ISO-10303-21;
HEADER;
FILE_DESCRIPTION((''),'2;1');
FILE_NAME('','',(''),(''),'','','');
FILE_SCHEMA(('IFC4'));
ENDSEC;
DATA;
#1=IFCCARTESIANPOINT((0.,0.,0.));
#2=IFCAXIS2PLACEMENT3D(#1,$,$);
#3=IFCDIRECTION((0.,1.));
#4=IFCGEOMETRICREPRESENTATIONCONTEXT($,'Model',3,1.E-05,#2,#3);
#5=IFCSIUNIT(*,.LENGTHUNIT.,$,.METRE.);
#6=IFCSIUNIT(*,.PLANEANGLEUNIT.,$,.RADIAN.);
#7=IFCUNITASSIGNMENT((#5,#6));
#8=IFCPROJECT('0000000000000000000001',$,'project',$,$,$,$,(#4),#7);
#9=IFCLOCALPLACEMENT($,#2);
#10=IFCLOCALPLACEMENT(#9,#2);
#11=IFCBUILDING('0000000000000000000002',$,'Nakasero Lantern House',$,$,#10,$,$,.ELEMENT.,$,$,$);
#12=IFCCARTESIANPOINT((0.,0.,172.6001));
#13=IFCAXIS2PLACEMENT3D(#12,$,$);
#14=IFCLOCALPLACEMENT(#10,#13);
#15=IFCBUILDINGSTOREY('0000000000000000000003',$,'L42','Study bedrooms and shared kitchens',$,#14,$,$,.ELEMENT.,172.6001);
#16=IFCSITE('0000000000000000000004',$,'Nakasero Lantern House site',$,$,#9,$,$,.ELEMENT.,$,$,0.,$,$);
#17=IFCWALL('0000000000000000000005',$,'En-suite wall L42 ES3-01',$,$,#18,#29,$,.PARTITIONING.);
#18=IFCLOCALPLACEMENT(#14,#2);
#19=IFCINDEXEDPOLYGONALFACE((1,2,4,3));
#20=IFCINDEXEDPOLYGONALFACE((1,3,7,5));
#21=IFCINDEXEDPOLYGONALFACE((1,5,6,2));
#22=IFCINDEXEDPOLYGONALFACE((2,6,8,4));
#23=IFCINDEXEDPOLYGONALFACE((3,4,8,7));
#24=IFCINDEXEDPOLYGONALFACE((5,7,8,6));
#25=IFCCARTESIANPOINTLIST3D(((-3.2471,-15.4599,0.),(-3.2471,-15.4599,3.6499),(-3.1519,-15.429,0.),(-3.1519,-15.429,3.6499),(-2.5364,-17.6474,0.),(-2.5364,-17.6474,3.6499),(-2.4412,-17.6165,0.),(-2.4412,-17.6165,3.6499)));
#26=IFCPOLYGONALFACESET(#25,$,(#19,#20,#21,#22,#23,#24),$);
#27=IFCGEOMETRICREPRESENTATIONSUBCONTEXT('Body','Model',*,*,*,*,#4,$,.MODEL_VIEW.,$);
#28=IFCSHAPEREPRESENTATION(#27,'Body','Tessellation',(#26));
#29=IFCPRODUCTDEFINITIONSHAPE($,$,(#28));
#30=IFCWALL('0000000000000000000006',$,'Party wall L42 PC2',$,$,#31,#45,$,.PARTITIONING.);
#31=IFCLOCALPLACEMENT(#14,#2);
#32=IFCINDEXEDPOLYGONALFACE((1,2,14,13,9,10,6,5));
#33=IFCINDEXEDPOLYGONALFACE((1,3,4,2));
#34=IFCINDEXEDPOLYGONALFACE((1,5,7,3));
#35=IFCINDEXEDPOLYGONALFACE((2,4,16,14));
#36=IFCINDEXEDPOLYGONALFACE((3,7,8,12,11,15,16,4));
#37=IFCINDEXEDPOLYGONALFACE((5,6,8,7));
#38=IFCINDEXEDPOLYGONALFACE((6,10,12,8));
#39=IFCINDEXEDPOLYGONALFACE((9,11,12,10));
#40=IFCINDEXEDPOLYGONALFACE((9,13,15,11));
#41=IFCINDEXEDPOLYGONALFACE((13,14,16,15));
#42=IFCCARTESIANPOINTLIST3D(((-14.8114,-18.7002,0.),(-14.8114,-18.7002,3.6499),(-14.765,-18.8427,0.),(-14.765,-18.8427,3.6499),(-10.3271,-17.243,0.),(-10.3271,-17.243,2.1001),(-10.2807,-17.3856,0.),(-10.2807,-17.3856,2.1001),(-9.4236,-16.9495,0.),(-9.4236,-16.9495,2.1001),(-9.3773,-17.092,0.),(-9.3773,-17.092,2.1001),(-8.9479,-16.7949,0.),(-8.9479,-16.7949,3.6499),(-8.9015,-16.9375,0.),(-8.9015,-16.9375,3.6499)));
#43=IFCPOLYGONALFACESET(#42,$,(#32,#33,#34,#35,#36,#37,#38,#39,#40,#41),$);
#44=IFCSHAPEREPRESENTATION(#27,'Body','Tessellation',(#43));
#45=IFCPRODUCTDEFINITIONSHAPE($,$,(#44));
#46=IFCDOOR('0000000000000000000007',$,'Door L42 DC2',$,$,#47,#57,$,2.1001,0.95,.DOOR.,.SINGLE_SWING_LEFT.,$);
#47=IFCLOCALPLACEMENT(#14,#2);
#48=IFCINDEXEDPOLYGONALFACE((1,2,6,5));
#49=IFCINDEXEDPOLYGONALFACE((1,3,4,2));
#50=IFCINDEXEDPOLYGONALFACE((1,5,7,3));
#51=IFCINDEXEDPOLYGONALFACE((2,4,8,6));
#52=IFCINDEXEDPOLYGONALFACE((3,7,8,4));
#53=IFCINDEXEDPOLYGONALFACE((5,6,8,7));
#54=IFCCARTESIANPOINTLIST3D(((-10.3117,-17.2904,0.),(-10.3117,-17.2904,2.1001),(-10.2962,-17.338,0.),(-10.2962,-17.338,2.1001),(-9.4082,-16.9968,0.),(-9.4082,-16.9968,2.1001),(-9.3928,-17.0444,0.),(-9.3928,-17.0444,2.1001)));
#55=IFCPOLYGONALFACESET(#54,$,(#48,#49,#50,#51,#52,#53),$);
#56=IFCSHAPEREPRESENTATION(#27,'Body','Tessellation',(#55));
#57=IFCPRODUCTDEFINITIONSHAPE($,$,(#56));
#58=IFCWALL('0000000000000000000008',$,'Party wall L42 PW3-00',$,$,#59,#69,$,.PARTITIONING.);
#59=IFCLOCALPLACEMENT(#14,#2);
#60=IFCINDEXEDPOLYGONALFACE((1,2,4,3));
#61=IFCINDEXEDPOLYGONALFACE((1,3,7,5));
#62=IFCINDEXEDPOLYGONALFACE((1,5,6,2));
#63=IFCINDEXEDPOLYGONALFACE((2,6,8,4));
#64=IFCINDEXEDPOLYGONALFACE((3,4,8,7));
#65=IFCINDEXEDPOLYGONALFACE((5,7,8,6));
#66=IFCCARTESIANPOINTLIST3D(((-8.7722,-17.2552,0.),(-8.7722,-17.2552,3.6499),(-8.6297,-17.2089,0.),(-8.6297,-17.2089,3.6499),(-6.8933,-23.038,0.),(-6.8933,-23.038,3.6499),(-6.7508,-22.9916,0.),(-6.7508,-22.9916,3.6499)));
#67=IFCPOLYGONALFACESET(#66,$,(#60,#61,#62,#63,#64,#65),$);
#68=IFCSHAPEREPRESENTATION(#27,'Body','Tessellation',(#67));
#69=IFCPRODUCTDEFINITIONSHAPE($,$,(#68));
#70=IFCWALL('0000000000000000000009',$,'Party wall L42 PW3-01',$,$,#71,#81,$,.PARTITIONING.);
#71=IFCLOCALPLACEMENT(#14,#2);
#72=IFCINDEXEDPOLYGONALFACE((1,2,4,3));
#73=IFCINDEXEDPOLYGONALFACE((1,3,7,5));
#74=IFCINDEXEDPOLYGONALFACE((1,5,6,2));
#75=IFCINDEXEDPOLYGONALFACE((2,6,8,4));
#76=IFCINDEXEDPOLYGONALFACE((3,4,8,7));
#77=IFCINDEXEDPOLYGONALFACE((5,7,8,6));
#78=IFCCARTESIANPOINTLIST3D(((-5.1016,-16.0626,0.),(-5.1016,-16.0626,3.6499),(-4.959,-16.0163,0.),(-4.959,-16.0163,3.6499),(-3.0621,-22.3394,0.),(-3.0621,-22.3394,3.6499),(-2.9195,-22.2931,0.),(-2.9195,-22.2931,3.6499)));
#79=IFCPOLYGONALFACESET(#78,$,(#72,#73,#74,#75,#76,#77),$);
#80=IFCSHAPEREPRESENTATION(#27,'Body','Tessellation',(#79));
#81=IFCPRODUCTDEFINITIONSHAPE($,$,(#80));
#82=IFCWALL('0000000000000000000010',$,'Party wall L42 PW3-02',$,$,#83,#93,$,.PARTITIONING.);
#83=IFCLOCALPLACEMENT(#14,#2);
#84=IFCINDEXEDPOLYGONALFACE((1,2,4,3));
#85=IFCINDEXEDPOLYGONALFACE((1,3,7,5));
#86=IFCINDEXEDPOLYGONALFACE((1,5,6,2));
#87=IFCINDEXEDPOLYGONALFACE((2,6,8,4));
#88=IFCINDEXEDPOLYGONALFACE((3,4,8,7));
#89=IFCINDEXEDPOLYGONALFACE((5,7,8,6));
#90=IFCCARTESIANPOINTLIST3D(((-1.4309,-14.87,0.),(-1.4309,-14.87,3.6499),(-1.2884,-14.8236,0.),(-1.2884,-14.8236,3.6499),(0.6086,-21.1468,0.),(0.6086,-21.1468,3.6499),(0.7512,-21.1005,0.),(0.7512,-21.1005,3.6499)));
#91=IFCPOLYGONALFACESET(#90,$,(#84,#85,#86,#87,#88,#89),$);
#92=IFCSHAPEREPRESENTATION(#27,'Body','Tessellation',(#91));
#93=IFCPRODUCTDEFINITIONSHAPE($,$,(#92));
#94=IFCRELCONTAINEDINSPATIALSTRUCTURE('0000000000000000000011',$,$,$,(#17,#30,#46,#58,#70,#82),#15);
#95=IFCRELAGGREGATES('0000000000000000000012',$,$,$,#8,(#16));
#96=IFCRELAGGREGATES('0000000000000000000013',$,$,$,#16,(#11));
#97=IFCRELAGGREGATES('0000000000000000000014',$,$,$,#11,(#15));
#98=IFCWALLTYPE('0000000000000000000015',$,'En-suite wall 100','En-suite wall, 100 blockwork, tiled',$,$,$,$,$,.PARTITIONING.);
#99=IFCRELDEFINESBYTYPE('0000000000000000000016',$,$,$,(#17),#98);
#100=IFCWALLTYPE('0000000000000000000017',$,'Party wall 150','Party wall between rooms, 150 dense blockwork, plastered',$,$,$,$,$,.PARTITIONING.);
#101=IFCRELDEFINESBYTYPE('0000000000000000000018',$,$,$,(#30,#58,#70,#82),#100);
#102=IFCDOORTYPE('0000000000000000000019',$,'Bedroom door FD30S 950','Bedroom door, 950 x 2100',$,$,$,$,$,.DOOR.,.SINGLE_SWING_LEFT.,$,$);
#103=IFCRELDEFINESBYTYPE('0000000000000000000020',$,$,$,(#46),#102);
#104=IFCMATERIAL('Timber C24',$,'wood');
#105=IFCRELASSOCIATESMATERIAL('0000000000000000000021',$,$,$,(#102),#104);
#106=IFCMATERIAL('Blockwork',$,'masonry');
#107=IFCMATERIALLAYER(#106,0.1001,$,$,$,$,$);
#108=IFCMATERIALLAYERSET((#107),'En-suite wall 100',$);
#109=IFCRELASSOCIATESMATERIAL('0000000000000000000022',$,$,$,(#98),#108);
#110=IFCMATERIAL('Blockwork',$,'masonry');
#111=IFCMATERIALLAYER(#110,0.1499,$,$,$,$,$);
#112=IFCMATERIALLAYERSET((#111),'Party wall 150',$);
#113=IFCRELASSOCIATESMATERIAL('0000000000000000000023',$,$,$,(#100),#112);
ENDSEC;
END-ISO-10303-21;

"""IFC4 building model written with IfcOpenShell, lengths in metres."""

from ifc_helpers import new_model, si_unit, direction, frame, frame_2d, origin, place, context, subcontext, project, spatial, rectangle, extrude, material, layer, layer_set, type_object, element, fill, save


model = new_model("IFC4")

# Units and contexts
model_context = context("Model", 3, precision=1e-05, world=origin(), true_north=direction((0.0, 1.0)))
body_context = subcontext(model_context, "Body", "Model", "MODEL_VIEW")
ifc_project = project(units=[si_unit("LENGTHUNIT", "METRE"), si_unit("PLANEANGLEUNIT", "RADIAN")], contexts=[model_context])

# Site, building, storey
site_placement = place(None, origin())
site = spatial("IfcSite", under=ifc_project, at=site_placement, Name="Nakasero Lantern House site", CompositionType="ELEMENT", RefElevation=0.0)
building_placement = place(site_placement, origin())
building = spatial("IfcBuilding", under=site, at=building_placement, Name="Nakasero Lantern House", CompositionType="ELEMENT")
storey_placement = place(building_placement, frame((0.0, 0.0, 172.6001)))
storey = spatial("IfcBuildingStorey", under=building, at=storey_placement, Name="L42", Description="Study bedrooms and shared kitchens", CompositionType="ELEMENT", Elevation=172.6001)

# Shared definitions
ifc_material_1 = material(Name="Timber C24", Category="wood")
door_type_1 = type_object("IfcDoorType", Name="Bedroom door FD30S 950", Description="Bedroom door, 950 x 2100", OperationType="SINGLE_SWING_LEFT", PredefinedType="DOOR", material=ifc_material_1)

# Wall
ifc_material_2 = material(Name="Blockwork", Category="masonry")
ifc_layer_1 = layer(ifc_material_2, 0.1001)
ifc_layer_set_1 = layer_set([ifc_layer_1], Name="En-suite wall 100")
wall_type_1 = type_object("IfcWallType", Name="En-suite wall 100", Description="En-suite wall, 100 blockwork, tiled", PredefinedType="PARTITIONING", material=ifc_layer_set_1)
wall_1_placement = place(storey_placement, frame((-3.1995, -15.4446, 0.0), z_axis=(0.0, 0.0, 1.0), x_axis=(0.30899, -0.951065, 0.0)))
element("IfcWall", 1, at=wall_1_placement, inside=storey, type_object=wall_type_1, Name="En-suite wall L42 ES3-01", PredefinedType="PARTITIONING", context=body_context, shape_type="SweptSolid", body=[
    extrude(rectangle(XDim=2.3, YDim=0.1001, at=frame_2d((1.1499, 0.0))), origin(), (0.0, 0.0, 1.0), 3.6499),
])

# Wall, opening, door
ifc_material_3 = material(Name="Blockwork", Category="masonry")
ifc_layer_2 = layer(ifc_material_3, 0.1499)
ifc_layer_set_2 = layer_set([ifc_layer_2], Name="Party wall 150")
wall_type_2 = type_object("IfcWallType", Name="Party wall 150", Description="Party wall between rooms, 150 dense blockwork, plastered", PredefinedType="PARTITIONING", material=ifc_layer_set_2)
wall_2_placement = place(storey_placement, frame((-8.9248, -16.8662, 0.0), z_axis=(0.0, 0.0, 1.0), x_axis=(-0.951052, -0.309031, 0.0)))
wall_2 = element("IfcWall", 2, at=wall_2_placement, inside=storey, type_object=wall_type_2, Name="Party wall L42 PC2", PredefinedType="PARTITIONING", context=body_context, shape_type="SweptSolid", body=[
    extrude(rectangle(XDim=6.1653, YDim=0.1499, at=frame_2d((3.0825, 0.0))), origin(), (0.0, 0.0, 1.0), 3.6499),
])
opening_1_placement = place(wall_2_placement, frame((0.5, 0.0, 0.0)))
opening_1 = element("IfcOpeningElement", 3, at=opening_1_placement, cuts=wall_2, PredefinedType="OPENING", context=body_context, shape_type="SweptSolid", body=[
    extrude(rectangle(XDim=0.95, YDim=2.1001, at=frame_2d((0.4751, 1.05))), frame((0.0, 0.095, 0.0), z_axis=(0.0, -1.0, 0.0), x_axis=(1.0, 0.0, 0.0)), (0.0, 0.0, 1.0), 0.1899),
])
door_1_placement = place(opening_1_placement, origin())
door_1 = element("IfcDoor", 4, at=door_1_placement, inside=storey, type_object=door_type_1, Name="Door L42 DC2", OperationType="SINGLE_SWING_LEFT", OverallHeight=2.1001, OverallWidth=0.95, PredefinedType="DOOR", context=body_context, shape_type="SweptSolid", body=[
    extrude(rectangle(XDim=0.95, YDim=2.1001, at=frame_2d((0.4751, 1.05))), frame((0.0, 0.0249, 0.0), z_axis=(0.0, -1.0, 0.0), x_axis=(1.0, 0.0, 0.0)), (0.0, 0.0, 1.0), 0.05),
])
fill(opening_1, door_1)

# Walls
wall_3_placement = place(storey_placement, frame((-8.7009, -17.2322, 0.0), z_axis=(0.0, 0.0, 1.0), x_axis=(0.309015, -0.951057, 0.0)))
element("IfcWall", 5, at=wall_3_placement, inside=storey, type_object=wall_type_2, Name="Party wall L42 PW3-00", PredefinedType="PARTITIONING", context=body_context, shape_type="SweptSolid", body=[
    extrude(rectangle(XDim=6.0803, YDim=0.1499, at=frame_2d((3.04, 0.0))), origin(), (0.0, 0.0, 1.0), 3.6499),
])
for number, where, z_axis, x_axis, name in (
    (6, (-5.0303, -16.0396, 0.0), (0.0, 0.0, 1.0), (0.309028, -0.951053, 0.0), "Party wall L42 PW3-01"),
    (7, (-1.3596, -14.8469, 0.0), (0.0, 0.0, 1.0), (0.309028, -0.951053, 0.0), "Party wall L42 PW3-02"),
):
    element("IfcWall", number, at=place(storey_placement, frame(where, z_axis=z_axis, x_axis=x_axis)), inside=storey, type_object=wall_type_2, Name=name, PredefinedType="PARTITIONING", context=body_context, shape_type="SweptSolid", body=[
        extrude(rectangle(XDim=6.5999, YDim=0.1499, at=frame_2d((3.2998, 0.0))), origin(), (0.0, 0.0, 1.0), 3.6499),
    ])

save(model, "model.ifc")
